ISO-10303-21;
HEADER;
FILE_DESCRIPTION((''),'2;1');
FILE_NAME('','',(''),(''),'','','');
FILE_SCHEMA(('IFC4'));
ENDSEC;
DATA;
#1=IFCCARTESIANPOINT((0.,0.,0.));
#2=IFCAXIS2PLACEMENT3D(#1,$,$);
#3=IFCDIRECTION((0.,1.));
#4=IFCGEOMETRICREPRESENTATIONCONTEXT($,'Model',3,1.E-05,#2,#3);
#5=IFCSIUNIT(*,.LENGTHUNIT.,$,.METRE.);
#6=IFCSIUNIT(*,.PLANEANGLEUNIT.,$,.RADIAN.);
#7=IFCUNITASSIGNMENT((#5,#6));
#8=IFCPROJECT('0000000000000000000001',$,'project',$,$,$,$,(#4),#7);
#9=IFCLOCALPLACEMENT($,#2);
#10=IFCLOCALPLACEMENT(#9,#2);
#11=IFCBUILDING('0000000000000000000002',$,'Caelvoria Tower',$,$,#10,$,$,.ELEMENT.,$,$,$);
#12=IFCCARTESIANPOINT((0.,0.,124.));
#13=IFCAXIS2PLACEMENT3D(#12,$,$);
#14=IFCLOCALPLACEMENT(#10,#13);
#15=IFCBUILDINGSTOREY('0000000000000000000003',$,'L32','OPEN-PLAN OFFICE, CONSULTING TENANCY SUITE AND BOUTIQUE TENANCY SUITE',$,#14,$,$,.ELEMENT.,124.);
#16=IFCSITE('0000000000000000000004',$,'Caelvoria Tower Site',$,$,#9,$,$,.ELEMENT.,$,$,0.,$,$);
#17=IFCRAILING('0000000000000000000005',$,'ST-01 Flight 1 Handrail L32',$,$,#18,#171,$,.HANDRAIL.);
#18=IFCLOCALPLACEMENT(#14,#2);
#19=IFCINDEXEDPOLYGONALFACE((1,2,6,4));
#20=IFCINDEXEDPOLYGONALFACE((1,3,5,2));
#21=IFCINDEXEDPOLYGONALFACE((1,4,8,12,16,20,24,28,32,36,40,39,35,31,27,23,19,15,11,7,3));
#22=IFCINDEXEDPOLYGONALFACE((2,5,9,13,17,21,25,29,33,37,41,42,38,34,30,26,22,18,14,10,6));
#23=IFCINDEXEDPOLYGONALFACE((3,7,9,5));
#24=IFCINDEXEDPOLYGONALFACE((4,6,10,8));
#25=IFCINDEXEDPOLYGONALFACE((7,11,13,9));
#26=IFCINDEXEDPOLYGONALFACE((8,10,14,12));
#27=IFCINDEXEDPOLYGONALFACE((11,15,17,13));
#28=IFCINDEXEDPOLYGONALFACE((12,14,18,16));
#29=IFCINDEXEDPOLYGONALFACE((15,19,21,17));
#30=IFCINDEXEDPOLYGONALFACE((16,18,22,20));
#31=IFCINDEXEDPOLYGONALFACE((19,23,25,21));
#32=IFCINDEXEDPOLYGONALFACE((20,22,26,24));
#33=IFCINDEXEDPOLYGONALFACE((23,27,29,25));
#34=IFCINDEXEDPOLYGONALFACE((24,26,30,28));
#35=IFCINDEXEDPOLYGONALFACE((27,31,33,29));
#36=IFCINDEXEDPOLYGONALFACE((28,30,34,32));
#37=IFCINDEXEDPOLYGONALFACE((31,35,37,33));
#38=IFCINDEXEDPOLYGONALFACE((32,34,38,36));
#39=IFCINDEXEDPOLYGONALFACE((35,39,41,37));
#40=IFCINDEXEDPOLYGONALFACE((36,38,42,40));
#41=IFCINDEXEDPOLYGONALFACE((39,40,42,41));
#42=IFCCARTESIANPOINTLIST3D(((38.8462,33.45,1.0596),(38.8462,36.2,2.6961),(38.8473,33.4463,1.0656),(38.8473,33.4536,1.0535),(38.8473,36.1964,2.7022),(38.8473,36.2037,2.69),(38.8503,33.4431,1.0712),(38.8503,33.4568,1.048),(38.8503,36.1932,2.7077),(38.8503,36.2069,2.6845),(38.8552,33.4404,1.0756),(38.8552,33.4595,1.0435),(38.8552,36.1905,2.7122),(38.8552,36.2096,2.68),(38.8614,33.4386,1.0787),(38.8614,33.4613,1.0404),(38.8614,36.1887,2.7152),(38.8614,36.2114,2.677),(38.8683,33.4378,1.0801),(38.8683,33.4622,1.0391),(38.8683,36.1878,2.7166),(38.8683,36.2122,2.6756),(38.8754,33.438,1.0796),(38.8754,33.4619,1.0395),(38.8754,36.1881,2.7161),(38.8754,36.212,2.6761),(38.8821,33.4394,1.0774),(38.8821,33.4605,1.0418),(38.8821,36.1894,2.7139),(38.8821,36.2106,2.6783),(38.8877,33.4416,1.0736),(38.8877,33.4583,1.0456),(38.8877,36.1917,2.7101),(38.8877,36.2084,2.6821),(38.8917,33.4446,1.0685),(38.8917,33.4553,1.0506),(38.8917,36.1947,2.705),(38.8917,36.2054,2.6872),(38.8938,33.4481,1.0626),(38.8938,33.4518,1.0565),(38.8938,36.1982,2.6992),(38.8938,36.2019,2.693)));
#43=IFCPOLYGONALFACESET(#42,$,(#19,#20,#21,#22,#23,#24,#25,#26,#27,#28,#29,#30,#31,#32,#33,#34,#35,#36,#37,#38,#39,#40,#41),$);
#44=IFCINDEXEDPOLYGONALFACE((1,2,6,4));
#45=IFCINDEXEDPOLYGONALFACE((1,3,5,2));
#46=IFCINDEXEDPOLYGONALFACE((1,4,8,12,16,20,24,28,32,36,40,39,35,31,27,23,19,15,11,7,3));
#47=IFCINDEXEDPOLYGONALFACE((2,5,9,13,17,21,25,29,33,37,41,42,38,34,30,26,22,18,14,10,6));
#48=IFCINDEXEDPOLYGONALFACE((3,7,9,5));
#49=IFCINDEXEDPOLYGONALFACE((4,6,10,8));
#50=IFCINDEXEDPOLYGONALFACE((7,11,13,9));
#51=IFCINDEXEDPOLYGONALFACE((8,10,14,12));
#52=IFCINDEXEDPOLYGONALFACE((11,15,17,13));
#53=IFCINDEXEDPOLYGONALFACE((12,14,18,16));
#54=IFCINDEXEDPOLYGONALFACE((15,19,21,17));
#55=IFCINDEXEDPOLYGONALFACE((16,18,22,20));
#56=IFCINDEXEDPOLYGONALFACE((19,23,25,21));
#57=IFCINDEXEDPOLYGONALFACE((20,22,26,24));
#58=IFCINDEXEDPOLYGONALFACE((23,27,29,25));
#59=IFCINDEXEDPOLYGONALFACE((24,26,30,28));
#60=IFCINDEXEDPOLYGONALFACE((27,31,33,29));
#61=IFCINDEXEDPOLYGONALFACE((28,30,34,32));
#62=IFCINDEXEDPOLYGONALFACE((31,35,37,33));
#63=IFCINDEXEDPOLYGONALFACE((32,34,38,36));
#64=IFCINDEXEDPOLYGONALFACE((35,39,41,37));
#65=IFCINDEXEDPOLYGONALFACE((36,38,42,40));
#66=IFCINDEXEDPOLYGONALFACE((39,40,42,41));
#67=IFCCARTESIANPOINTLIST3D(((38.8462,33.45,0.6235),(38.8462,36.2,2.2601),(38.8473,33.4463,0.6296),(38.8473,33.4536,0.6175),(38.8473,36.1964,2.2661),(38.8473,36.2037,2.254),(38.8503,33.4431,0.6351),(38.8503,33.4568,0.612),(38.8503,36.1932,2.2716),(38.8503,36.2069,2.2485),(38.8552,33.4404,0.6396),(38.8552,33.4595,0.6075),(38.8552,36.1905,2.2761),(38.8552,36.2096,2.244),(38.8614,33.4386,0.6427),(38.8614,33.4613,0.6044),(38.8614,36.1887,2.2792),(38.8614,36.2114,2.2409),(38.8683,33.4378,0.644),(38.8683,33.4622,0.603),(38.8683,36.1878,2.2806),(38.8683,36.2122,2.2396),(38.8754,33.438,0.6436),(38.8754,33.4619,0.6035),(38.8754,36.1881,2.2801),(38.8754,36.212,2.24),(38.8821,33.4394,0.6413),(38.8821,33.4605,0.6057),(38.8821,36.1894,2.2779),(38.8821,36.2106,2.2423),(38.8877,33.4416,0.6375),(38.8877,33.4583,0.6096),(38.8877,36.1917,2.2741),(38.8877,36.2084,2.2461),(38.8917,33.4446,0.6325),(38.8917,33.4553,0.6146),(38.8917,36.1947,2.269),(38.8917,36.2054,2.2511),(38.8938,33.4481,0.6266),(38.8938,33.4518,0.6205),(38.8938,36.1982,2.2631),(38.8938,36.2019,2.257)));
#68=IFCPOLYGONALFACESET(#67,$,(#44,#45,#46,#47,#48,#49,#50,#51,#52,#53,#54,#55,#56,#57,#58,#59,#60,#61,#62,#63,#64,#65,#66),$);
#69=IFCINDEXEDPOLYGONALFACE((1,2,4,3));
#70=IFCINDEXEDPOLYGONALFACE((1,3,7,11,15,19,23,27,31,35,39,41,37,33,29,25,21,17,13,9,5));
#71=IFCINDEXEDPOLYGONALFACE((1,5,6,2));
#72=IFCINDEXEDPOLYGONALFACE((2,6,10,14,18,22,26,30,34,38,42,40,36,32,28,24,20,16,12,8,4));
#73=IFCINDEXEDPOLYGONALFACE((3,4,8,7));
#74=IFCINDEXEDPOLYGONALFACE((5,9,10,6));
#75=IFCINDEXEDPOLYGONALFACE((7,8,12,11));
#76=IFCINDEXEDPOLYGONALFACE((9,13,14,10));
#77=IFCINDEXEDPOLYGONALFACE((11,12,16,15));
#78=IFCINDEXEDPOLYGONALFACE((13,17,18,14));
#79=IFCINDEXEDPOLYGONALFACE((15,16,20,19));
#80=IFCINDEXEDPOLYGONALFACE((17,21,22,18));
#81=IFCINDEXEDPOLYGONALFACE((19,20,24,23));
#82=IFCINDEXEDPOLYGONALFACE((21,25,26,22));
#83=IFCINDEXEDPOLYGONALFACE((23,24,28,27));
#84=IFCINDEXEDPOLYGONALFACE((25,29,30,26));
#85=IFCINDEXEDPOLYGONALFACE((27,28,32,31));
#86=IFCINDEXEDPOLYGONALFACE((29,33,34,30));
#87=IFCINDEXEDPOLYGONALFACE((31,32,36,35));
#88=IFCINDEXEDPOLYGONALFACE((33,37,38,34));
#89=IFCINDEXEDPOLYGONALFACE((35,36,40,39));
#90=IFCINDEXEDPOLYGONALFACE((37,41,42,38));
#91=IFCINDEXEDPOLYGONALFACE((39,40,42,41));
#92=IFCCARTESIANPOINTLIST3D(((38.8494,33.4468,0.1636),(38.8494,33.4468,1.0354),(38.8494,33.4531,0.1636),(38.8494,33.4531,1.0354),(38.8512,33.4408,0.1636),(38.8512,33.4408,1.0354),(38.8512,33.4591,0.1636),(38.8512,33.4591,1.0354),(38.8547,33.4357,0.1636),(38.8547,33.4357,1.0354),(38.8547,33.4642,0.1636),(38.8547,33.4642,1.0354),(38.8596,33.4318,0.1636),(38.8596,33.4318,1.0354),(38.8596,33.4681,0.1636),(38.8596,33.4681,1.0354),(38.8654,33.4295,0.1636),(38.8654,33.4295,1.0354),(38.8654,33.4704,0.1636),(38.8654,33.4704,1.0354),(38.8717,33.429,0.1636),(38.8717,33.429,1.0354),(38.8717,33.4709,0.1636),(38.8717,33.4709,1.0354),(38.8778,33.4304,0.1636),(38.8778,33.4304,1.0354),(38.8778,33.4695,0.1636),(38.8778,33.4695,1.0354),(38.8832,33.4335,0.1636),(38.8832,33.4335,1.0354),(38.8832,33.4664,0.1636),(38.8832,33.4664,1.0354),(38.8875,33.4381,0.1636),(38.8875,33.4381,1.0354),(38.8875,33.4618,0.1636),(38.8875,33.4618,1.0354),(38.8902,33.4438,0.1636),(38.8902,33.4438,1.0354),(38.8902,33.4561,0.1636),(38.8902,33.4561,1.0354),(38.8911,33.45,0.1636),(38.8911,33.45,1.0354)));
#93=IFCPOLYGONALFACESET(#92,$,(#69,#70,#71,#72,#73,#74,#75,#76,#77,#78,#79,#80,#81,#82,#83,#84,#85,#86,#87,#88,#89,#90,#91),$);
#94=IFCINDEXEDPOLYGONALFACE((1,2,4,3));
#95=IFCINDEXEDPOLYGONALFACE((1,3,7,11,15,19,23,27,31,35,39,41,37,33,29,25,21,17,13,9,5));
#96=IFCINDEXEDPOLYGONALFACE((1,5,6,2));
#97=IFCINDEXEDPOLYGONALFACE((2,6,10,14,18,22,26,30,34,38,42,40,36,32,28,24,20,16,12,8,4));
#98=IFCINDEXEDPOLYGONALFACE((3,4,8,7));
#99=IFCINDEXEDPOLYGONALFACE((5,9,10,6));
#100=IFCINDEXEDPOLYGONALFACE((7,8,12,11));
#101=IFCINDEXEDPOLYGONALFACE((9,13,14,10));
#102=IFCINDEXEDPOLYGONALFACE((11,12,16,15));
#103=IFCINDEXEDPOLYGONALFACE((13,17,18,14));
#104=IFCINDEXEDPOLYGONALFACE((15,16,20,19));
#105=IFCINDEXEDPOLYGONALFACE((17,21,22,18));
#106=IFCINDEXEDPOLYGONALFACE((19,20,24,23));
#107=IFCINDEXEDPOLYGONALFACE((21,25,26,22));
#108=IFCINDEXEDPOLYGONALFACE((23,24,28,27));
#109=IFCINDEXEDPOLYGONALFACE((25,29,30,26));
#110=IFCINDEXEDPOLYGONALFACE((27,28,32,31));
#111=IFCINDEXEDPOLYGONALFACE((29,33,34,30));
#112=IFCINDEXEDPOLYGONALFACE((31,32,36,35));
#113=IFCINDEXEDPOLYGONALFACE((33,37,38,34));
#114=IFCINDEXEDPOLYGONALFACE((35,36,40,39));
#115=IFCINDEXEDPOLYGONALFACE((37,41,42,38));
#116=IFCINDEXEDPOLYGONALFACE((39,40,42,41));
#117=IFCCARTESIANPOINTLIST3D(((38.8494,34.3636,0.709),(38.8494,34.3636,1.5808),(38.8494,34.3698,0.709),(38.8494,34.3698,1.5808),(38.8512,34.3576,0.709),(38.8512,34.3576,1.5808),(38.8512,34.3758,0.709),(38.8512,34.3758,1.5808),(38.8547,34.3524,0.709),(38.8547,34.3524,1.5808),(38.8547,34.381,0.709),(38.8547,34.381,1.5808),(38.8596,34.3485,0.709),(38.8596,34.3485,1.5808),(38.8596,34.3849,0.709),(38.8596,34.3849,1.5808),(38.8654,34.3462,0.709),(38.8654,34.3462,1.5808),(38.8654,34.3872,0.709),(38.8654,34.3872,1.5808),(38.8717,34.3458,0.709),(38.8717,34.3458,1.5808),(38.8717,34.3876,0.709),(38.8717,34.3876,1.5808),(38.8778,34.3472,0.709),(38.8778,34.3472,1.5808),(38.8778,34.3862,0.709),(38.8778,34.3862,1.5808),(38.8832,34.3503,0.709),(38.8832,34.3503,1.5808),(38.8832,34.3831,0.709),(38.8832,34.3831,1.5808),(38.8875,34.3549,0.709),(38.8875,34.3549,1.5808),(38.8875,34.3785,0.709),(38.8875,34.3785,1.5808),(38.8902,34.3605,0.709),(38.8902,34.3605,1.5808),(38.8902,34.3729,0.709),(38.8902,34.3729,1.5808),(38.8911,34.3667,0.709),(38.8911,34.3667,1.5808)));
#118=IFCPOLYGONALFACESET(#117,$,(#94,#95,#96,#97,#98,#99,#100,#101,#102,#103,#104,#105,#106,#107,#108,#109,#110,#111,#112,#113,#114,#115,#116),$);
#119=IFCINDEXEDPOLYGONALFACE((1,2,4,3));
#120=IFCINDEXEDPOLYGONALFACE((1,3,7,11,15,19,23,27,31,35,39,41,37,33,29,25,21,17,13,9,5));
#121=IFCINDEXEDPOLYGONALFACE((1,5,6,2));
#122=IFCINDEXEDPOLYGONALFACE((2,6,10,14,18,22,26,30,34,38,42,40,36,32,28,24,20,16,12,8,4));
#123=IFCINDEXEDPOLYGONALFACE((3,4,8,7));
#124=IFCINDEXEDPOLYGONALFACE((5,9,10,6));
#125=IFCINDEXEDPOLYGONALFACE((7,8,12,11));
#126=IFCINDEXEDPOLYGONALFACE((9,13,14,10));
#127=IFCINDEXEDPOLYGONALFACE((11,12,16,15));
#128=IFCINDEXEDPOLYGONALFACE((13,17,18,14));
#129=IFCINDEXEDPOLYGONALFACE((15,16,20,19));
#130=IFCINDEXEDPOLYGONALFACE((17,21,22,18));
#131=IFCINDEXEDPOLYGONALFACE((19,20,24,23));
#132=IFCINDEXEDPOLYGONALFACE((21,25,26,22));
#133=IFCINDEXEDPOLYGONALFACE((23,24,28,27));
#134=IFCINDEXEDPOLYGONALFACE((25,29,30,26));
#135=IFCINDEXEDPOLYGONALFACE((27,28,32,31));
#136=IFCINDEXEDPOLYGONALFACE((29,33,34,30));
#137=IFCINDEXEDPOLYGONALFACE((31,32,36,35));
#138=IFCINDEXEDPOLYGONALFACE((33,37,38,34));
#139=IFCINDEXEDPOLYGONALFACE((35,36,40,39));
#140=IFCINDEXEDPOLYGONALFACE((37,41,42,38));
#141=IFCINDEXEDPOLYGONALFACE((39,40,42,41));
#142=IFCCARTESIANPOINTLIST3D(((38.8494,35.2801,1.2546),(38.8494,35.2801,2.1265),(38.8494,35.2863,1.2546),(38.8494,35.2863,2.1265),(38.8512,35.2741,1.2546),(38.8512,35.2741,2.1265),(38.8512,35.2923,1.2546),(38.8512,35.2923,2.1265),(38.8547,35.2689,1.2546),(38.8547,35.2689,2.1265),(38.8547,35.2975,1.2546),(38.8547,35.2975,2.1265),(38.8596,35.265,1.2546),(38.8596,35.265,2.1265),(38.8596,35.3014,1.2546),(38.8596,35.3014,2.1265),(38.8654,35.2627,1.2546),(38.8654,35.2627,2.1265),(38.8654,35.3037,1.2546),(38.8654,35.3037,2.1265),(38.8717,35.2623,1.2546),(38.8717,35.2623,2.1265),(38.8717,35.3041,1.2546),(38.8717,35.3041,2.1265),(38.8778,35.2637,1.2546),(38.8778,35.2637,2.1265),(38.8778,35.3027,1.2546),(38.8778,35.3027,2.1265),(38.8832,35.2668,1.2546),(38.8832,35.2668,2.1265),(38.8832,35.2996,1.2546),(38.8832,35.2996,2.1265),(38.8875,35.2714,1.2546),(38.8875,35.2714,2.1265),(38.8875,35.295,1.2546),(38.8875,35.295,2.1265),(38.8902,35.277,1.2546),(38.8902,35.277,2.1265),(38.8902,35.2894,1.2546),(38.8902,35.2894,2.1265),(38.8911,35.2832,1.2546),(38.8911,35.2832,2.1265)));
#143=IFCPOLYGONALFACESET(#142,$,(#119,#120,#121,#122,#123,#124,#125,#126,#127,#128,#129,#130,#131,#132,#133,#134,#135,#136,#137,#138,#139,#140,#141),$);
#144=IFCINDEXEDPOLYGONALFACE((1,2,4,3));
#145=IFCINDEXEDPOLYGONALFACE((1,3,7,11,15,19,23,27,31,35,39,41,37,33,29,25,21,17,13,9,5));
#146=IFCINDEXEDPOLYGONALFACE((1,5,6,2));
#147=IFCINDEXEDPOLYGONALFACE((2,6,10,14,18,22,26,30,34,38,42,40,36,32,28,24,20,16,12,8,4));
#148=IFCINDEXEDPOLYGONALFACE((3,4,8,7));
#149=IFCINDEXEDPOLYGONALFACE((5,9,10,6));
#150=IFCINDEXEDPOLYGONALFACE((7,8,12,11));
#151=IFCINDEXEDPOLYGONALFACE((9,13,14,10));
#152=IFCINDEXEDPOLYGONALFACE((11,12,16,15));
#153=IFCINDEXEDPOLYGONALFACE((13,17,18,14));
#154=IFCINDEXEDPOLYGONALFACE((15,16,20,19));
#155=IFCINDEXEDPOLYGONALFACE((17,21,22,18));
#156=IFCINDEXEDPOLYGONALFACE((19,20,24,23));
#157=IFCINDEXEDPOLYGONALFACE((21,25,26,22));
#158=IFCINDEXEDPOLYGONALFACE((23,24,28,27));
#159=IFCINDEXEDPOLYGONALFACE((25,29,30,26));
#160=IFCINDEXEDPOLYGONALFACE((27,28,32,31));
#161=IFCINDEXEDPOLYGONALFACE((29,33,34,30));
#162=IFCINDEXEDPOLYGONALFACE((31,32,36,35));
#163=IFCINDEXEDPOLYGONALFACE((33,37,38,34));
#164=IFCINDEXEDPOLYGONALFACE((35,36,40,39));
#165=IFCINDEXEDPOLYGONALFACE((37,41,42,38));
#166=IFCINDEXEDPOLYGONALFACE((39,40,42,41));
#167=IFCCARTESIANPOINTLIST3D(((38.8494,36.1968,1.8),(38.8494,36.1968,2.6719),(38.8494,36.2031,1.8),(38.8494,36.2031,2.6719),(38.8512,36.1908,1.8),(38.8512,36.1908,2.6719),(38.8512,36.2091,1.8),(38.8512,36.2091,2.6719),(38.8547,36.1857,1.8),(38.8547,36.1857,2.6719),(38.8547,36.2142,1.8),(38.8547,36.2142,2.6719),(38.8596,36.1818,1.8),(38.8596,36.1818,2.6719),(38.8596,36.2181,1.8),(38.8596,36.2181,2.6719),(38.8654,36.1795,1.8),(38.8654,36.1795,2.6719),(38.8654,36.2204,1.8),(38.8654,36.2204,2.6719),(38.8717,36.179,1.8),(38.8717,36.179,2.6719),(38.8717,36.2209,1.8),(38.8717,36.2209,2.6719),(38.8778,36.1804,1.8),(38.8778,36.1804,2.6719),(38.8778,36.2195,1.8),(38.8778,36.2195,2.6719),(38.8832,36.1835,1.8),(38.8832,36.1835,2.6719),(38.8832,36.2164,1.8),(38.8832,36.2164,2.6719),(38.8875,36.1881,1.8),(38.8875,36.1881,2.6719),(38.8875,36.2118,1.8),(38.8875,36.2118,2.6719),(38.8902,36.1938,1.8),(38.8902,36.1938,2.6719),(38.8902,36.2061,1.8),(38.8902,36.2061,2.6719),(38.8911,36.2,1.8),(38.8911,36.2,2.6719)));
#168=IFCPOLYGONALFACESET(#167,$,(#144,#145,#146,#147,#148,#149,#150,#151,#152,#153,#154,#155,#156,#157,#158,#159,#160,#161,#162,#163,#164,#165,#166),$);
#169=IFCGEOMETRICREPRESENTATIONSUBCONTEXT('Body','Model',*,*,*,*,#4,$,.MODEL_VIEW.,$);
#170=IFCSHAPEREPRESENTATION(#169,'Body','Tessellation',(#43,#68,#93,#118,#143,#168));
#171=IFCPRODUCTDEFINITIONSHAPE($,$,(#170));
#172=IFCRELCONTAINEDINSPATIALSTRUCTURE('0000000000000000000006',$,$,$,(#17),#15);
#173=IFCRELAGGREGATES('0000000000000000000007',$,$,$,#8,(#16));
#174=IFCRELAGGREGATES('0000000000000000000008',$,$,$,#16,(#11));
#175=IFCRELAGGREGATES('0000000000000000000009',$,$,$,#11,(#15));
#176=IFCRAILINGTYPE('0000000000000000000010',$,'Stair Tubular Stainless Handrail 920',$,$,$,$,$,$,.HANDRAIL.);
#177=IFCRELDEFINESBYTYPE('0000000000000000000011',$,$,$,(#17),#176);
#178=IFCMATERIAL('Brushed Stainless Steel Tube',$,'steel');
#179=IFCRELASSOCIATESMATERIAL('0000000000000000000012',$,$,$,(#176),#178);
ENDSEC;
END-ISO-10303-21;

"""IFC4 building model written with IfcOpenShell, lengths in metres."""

from ifc_helpers import new_model, si_unit, direction, frame, origin, origin_2d, place, context, subcontext, project, spatial, circle, extrude, material, type_object, element, save


model = new_model("IFC4")

# Units and contexts
model_context = context("Model", 3, precision=1e-05, world=origin(), true_north=direction((0.0, 1.0)))
body_context = subcontext(model_context, "Body", "Model", "MODEL_VIEW")
ifc_project = project(units=[si_unit("LENGTHUNIT", "METRE"), si_unit("PLANEANGLEUNIT", "RADIAN")], contexts=[model_context])

# Site, building, storey
site_placement = place(None, origin())
site = spatial("IfcSite", under=ifc_project, at=site_placement, Name="Caelvoria Tower Site", CompositionType="ELEMENT", RefElevation=0.0)
building_placement = place(site_placement, origin())
building = spatial("IfcBuilding", under=site, at=building_placement, Name="Caelvoria Tower", CompositionType="ELEMENT")
storey_placement = place(building_placement, frame((0.0, 0.0, 124.0)))
storey = spatial("IfcBuildingStorey", under=building, at=storey_placement, Name="L32", Description="OPEN-PLAN OFFICE, CONSULTING TENANCY SUITE AND BOUTIQUE TENANCY SUITE", CompositionType="ELEMENT", Elevation=124.0)

# Railing
ifc_material_1 = material(Name="Brushed Stainless Steel Tube", Category="steel")
railing_type_1 = type_object("IfcRailingType", Name="Stair Tubular Stainless Handrail 920", PredefinedType="HANDRAIL", material=ifc_material_1)
railing_1_placement = place(storey_placement, frame((38.8701, 33.45, 0.1636)))
element("IfcRailing", 1, at=railing_1_placement, inside=storey, type_object=railing_type_1, Name="ST-01 Flight 1 Handrail L32", PredefinedType="HANDRAIL", context=body_context, shape_type="SweptSolid", body=[
    extrude(circle(Radius=0.0239, at=origin_2d()), frame((0.0, 0.0, 0.896), z_axis=(0.0, 0.859352, 0.511385), x_axis=(-1.0, 0.0, 0.0)), (0.0, 0.0, 1.0), 3.2002),
    extrude(circle(Radius=0.0239, at=origin_2d()), frame((0.0, 0.0, 0.46), z_axis=(0.0, 0.859352, 0.511385), x_axis=(-1.0, 0.0, 0.0)), (0.0, 0.0, 1.0), 3.2002),
    extrude(circle(Radius=0.021, at=origin_2d()), origin(), (0.0, 0.0, 1.0), 0.8718),
    extrude(circle(Radius=0.021, at=origin_2d()), frame((0.0, 0.9167, 0.5454)), (0.0, 0.0, 1.0), 0.8718),
    extrude(circle(Radius=0.021, at=origin_2d()), frame((0.0, 1.8333, 1.0911)), (0.0, 0.0, 1.0), 0.8718),
    extrude(circle(Radius=0.021, at=origin_2d()), frame((0.0, 2.75, 1.6365)), (0.0, 0.0, 1.0), 0.8718),
])

save(model, "model.ifc")
